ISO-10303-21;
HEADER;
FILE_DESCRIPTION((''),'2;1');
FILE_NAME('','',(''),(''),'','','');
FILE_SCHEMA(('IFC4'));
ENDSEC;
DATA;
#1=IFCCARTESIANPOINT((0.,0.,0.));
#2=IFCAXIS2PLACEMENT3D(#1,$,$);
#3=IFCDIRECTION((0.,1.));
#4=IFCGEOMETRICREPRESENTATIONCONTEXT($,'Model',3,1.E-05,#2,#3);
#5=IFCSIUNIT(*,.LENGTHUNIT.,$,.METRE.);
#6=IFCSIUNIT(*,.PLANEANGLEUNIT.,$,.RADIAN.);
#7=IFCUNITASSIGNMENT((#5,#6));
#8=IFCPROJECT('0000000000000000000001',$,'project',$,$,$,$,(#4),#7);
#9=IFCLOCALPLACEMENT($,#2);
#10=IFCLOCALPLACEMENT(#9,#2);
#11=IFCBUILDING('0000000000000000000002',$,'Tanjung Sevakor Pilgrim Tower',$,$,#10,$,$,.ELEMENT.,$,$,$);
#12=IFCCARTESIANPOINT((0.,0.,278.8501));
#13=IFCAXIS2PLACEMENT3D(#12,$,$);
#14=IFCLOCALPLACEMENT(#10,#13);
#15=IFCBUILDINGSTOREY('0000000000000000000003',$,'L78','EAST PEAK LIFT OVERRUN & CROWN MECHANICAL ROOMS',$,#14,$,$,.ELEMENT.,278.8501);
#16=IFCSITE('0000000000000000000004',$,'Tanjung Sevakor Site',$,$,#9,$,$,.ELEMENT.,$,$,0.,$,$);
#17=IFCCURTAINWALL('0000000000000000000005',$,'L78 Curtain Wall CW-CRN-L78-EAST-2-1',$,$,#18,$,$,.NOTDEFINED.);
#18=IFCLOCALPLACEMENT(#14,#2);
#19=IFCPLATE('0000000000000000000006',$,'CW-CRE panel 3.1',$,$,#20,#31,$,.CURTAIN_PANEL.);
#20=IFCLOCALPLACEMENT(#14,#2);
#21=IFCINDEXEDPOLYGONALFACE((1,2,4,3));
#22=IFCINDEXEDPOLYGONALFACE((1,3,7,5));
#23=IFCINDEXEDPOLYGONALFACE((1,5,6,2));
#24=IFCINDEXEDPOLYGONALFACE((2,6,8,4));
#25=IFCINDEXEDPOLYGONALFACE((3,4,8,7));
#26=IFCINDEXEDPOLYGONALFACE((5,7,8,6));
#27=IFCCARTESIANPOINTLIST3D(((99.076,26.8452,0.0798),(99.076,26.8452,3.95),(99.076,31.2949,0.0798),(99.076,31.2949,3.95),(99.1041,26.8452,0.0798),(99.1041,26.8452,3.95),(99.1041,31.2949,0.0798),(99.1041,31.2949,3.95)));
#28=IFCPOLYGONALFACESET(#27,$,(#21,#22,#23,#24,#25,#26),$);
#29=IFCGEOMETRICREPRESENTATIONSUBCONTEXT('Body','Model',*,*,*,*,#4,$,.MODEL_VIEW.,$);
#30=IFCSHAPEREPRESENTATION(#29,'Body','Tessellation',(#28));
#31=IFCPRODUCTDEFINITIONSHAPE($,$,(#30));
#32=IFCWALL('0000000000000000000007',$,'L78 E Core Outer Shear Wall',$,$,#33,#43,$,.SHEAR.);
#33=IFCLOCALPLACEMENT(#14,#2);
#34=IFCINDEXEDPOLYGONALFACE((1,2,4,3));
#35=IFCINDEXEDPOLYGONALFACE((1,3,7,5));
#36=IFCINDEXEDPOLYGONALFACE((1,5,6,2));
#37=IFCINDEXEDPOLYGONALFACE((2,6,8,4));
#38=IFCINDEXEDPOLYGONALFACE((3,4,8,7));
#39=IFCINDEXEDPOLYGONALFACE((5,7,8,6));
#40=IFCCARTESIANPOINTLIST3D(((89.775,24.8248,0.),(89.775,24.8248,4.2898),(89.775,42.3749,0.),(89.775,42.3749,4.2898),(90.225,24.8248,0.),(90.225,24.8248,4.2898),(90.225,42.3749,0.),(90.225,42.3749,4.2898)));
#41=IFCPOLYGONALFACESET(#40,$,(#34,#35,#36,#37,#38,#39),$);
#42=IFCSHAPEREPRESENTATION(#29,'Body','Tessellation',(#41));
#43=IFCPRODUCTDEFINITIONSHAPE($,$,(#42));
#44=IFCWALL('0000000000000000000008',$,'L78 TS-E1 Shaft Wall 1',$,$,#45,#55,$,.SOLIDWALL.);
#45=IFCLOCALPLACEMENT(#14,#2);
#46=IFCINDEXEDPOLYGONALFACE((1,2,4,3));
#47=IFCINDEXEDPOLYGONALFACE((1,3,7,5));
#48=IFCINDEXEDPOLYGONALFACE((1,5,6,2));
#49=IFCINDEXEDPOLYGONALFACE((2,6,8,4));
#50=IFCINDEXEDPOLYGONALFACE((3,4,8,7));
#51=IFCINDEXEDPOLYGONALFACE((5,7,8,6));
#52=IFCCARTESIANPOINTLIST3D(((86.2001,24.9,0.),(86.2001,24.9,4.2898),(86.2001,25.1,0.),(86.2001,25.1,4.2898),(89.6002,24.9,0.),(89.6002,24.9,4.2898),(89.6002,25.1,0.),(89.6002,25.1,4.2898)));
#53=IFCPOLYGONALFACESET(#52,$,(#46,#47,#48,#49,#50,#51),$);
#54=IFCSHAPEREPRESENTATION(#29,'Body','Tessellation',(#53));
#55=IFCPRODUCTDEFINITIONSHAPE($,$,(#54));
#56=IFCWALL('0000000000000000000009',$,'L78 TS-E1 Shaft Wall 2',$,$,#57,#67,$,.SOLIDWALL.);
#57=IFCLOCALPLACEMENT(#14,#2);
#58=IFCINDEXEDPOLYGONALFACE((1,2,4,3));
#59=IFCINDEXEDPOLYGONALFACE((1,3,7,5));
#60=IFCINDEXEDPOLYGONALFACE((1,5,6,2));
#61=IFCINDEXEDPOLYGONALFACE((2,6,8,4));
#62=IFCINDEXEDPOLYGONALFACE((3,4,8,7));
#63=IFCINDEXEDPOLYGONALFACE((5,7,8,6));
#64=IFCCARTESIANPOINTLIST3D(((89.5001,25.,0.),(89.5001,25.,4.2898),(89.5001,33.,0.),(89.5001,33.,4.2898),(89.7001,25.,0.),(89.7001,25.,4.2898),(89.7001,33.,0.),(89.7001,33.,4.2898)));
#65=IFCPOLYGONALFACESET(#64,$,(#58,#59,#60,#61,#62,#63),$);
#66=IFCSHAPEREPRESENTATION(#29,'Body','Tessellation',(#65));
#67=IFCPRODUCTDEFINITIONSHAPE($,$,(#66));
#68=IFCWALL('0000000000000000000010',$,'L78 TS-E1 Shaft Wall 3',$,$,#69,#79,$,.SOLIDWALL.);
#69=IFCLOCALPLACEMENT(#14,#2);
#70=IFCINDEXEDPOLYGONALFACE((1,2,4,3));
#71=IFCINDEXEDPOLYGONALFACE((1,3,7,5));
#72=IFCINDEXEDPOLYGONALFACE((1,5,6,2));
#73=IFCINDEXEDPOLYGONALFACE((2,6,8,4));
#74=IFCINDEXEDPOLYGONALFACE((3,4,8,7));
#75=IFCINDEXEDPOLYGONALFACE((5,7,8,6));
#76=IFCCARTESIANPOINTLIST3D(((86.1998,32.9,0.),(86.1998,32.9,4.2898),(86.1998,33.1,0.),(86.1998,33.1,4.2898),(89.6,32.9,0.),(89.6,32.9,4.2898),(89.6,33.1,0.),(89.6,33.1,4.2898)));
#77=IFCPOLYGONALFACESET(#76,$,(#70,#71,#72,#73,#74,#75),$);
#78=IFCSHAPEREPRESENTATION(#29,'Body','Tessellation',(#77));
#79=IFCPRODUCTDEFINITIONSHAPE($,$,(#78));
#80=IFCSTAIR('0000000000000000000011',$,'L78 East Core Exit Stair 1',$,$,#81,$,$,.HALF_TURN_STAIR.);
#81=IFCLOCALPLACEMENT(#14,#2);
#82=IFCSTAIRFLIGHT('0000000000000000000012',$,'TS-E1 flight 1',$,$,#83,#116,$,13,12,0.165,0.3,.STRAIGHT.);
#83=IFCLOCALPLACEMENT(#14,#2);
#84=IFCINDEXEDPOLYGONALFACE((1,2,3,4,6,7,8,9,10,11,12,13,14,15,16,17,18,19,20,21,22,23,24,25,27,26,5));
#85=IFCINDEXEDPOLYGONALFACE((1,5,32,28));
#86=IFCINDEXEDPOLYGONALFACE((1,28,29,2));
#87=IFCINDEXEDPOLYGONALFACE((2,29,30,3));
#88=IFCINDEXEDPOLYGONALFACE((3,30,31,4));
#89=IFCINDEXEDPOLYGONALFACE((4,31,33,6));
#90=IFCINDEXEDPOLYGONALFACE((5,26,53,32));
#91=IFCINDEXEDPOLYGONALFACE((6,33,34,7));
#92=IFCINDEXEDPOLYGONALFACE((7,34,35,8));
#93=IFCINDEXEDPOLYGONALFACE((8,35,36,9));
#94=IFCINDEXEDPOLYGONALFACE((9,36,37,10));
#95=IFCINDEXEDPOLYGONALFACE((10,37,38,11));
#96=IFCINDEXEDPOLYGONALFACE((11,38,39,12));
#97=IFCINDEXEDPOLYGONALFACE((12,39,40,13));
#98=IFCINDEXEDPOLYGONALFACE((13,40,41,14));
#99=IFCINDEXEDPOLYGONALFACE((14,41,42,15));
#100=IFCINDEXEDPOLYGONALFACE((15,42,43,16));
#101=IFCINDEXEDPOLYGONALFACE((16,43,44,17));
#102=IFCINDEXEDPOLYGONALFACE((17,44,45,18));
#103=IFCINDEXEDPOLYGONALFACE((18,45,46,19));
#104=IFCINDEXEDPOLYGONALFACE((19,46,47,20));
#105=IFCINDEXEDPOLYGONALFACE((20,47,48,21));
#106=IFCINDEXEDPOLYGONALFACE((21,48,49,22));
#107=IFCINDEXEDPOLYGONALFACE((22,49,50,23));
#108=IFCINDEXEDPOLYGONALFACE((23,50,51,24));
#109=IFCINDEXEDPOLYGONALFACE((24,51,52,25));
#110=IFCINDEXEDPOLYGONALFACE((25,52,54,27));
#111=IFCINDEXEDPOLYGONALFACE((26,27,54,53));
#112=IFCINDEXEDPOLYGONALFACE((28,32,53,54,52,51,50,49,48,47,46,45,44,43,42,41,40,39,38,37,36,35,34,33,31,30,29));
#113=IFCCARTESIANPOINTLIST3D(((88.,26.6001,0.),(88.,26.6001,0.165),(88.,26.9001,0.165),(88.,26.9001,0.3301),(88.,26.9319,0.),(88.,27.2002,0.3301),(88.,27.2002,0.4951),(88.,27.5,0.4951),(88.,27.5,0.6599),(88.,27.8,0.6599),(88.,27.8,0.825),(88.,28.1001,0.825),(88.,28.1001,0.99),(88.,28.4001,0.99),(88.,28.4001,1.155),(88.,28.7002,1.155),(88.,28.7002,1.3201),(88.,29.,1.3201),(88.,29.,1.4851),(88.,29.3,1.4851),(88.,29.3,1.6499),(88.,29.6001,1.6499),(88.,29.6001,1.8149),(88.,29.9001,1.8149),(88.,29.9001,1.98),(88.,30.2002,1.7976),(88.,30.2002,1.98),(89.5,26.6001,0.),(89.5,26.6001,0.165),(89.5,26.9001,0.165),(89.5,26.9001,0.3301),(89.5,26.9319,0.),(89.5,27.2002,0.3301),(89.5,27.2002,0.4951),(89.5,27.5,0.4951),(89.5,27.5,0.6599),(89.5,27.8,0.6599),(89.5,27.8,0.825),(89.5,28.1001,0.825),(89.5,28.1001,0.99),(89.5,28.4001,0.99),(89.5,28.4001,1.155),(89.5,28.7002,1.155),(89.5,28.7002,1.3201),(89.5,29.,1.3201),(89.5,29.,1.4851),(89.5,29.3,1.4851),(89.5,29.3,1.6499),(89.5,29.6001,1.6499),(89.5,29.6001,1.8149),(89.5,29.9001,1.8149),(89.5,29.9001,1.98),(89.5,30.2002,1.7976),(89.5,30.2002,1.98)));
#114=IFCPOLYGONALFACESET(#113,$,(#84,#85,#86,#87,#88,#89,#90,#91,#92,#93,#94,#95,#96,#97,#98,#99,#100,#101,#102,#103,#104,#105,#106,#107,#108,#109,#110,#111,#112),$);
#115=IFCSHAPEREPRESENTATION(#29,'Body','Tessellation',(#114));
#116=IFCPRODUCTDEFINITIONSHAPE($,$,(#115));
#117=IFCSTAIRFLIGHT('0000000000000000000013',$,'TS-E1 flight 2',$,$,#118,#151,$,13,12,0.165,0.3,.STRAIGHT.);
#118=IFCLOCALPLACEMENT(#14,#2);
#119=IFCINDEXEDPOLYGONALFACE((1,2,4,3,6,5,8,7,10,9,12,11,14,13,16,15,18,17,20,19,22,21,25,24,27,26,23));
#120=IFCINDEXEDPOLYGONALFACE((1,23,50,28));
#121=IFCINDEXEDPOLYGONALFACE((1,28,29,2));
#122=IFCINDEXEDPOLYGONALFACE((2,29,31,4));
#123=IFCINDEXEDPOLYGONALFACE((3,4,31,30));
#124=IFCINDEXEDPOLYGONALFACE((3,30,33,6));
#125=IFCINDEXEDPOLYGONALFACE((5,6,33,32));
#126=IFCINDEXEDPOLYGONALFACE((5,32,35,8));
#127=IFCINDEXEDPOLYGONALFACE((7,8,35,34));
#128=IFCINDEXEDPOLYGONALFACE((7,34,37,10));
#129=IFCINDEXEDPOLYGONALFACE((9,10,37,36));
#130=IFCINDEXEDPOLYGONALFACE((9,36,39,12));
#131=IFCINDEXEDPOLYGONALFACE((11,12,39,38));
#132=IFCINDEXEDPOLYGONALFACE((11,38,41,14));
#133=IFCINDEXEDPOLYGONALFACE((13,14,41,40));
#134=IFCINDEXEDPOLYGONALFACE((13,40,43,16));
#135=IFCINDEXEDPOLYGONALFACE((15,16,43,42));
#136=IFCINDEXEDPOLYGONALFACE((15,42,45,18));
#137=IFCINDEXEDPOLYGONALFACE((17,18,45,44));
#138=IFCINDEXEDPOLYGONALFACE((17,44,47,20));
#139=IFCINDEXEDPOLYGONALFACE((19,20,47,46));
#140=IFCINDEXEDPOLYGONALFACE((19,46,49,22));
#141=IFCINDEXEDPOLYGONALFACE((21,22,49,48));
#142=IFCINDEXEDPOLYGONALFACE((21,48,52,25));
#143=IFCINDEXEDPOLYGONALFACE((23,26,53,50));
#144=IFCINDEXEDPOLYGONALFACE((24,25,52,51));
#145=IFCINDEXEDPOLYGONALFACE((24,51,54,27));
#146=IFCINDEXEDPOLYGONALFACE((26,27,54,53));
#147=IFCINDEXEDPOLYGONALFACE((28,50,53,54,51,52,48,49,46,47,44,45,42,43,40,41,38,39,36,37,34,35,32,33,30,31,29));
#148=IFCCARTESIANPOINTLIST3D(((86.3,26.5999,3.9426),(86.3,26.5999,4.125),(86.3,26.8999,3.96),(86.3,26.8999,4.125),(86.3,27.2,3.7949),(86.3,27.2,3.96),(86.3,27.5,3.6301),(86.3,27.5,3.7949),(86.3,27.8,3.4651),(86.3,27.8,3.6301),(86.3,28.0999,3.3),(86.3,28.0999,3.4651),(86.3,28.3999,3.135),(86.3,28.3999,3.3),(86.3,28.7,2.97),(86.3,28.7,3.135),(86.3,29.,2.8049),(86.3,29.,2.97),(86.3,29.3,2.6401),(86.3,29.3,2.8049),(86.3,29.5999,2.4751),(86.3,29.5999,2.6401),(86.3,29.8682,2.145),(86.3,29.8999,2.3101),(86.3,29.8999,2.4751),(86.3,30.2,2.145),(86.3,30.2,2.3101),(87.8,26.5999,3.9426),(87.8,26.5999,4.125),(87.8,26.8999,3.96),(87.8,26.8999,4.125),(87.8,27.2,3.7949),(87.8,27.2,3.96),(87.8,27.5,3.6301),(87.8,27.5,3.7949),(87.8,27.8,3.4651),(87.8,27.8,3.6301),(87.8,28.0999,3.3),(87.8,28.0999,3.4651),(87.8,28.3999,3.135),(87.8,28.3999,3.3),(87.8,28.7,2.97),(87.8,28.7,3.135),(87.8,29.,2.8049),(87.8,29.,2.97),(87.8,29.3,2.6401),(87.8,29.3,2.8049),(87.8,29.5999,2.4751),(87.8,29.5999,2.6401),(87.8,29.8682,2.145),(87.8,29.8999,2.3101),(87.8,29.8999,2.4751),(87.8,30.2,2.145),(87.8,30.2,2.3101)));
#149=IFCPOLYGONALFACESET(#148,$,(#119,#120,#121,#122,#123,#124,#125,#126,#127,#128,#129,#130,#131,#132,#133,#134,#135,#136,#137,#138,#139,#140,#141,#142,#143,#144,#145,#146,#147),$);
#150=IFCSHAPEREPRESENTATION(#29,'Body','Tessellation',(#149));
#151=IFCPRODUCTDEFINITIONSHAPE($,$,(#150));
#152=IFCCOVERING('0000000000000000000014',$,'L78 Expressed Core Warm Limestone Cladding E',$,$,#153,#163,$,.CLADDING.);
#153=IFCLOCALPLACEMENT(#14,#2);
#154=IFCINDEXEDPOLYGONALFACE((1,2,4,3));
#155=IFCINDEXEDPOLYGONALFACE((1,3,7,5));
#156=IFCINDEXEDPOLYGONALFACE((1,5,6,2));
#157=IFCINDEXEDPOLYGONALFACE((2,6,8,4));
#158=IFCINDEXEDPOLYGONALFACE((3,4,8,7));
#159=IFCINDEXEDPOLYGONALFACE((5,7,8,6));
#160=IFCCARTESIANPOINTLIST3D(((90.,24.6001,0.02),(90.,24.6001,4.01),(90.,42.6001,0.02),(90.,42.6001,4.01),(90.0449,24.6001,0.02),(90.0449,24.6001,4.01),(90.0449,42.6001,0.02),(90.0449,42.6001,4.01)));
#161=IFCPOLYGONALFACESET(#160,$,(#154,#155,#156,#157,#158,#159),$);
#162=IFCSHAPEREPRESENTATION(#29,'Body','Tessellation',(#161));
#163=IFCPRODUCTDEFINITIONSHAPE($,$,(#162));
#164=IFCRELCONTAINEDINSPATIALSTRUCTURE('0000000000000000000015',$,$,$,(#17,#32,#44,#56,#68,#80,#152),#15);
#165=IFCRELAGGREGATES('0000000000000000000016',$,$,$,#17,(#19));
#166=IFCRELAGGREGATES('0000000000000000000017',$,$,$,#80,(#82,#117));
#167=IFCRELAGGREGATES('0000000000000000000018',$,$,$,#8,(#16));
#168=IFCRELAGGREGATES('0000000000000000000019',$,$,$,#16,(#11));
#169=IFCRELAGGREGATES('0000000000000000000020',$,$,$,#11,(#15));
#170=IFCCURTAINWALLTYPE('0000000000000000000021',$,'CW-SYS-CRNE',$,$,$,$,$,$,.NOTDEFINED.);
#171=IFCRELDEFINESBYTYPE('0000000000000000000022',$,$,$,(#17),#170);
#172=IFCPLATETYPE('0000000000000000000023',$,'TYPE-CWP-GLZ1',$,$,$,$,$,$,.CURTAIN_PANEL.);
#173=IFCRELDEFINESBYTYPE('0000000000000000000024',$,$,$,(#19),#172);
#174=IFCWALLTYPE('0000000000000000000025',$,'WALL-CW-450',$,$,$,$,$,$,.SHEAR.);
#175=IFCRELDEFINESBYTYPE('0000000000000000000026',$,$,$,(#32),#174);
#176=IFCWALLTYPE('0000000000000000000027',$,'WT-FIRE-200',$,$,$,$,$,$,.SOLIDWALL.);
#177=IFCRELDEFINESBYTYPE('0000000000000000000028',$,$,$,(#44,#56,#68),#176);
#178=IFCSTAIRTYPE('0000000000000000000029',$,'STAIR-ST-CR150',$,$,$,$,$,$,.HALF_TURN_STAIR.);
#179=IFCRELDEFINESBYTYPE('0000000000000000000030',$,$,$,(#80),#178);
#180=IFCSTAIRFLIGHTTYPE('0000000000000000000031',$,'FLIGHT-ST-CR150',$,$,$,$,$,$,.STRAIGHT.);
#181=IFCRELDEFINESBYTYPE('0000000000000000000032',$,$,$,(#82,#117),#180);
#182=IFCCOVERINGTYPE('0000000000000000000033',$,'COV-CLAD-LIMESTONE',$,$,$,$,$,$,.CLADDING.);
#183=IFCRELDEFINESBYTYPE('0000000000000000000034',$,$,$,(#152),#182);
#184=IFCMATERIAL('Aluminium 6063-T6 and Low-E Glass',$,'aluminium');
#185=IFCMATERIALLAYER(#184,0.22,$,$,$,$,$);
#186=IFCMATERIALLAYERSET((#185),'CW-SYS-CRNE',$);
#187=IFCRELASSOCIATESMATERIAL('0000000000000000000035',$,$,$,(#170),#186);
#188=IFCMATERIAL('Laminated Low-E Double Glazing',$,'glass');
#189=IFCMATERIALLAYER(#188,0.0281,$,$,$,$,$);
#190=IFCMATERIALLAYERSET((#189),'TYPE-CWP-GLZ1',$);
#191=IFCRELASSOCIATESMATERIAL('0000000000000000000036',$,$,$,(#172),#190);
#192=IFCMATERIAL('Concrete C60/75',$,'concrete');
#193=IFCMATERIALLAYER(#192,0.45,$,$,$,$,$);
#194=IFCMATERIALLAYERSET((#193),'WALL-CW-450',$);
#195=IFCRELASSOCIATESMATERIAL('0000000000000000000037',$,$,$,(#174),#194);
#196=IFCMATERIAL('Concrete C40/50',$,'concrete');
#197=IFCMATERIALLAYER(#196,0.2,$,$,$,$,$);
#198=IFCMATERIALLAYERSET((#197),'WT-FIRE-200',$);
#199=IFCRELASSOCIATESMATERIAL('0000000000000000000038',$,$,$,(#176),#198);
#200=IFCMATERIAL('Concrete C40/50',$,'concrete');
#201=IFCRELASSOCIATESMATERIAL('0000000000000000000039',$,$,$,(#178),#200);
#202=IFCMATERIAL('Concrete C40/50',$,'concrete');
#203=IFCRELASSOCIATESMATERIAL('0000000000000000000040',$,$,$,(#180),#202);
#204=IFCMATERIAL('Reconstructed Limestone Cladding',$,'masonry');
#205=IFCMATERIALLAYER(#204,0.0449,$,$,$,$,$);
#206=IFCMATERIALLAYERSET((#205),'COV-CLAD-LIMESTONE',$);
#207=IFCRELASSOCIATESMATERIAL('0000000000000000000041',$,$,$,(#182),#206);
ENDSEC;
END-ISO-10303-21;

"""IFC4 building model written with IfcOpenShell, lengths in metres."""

from ifc_helpers import new_model, si_unit, direction, frame, frame_2d, origin, origin_2d, place, context, subcontext, project, spatial, polyline, rectangle, outline, extrude, material, layer, layer_set, type_object, element, aggregate, save


model = new_model("IFC4")

# Units and contexts
model_context = context("Model", 3, precision=1e-05, world=origin(), true_north=direction((0.0, 1.0)))
body_context = subcontext(model_context, "Body", "Model", "MODEL_VIEW")
ifc_project = project(units=[si_unit("LENGTHUNIT", "METRE"), si_unit("PLANEANGLEUNIT", "RADIAN")], contexts=[model_context])

# Site, building, storey
site_placement = place(None, origin())
site = spatial("IfcSite", under=ifc_project, at=site_placement, Name="Tanjung Sevakor Site", CompositionType="ELEMENT", RefElevation=0.0)
building_placement = place(site_placement, origin())
building = spatial("IfcBuilding", under=site, at=building_placement, Name="Tanjung Sevakor Pilgrim Tower", CompositionType="ELEMENT")
storey_placement = place(building_placement, frame((0.0, 0.0, 278.8501)))
storey = spatial("IfcBuildingStorey", under=building, at=storey_placement, Name="L78", Description="EAST PEAK LIFT OVERRUN & CROWN MECHANICAL ROOMS", CompositionType="ELEMENT", Elevation=278.8501)

# Curtain wall, plate
ifc_material_1 = material(Name="Aluminium 6063-T6 and Low-E Glass", Category="aluminium")
ifc_layer_1 = layer(ifc_material_1, 0.22)
ifc_layer_set_1 = layer_set([ifc_layer_1], Name="CW-SYS-CRNE")
curtain_wall_type = type_object("IfcCurtainWallType", Name="CW-SYS-CRNE", PredefinedType="NOTDEFINED", material=ifc_layer_set_1)
curtain_wall_placement = place(storey_placement, origin())
curtain_wall = element("IfcCurtainWall", 1, at=curtain_wall_placement, inside=storey, type_object=curtain_wall_type, Name="L78 Curtain Wall CW-CRN-L78-EAST-2-1", PredefinedType="NOTDEFINED")
ifc_material_2 = material(Name="Laminated Low-E Double Glazing", Category="glass")
ifc_layer_2 = layer(ifc_material_2, 0.0281)
ifc_layer_set_2 = layer_set([ifc_layer_2], Name="TYPE-CWP-GLZ1")
plate_type = type_object("IfcPlateType", Name="TYPE-CWP-GLZ1", PredefinedType="CURTAIN_PANEL", material=ifc_layer_set_2)
plate_1_placement = place(storey_placement, frame((99.0901, 29.0701, 0.0798), z_axis=(0.0, 0.0, 1.0), x_axis=(0.0, 1.0, 0.0)))
plate_1 = element("IfcPlate", 2, at=plate_1_placement, type_object=plate_type, Name="CW-CRE panel 3.1", PredefinedType="CURTAIN_PANEL", context=body_context, shape_type="SweptSolid", body=[
    extrude(rectangle(XDim=4.4497, YDim=0.0281, at=origin_2d()), origin(), (0.0, 0.0, 1.0), 3.8701),
])
aggregate(curtain_wall, [plate_1])

# Walls
ifc_material_3 = material(Name="Concrete C60/75", Category="concrete")
ifc_layer_3 = layer(ifc_material_3, 0.45)
ifc_layer_set_3 = layer_set([ifc_layer_3], Name="WALL-CW-450")
wall_type_1 = type_object("IfcWallType", Name="WALL-CW-450", PredefinedType="SHEAR", material=ifc_layer_set_3)
wall_1_placement = place(storey_placement, frame((90.0, 24.825, 0.0), z_axis=(0.0, 0.0, 1.0), x_axis=(0.0, 1.0, 0.0)))
element("IfcWall", 3, at=wall_1_placement, inside=storey, type_object=wall_type_1, Name="L78 E Core Outer Shear Wall", PredefinedType="SHEAR", context=body_context, shape_type="SweptSolid", body=[
    extrude(rectangle(XDim=17.55, YDim=0.45, at=frame_2d((8.7749, 0.0))), origin(), (0.0, 0.0, 1.0), 4.2898),
])
ifc_material_4 = material(Name="Concrete C40/50", Category="concrete")
ifc_layer_4 = layer(ifc_material_4, 0.2)
ifc_layer_set_4 = layer_set([ifc_layer_4], Name="WT-FIRE-200")
wall_type_2 = type_object("IfcWallType", Name="WT-FIRE-200", PredefinedType="SOLIDWALL", material=ifc_layer_set_4)
wall_2_placement = place(storey_placement, frame((86.2, 25.0, 0.0), z_axis=(0.0, 0.0, 1.0), x_axis=(1.0, 0.0, 0.0)))
element("IfcWall", 4, at=wall_2_placement, inside=storey, type_object=wall_type_2, Name="L78 TS-E1 Shaft Wall 1", PredefinedType="SOLIDWALL", context=body_context, shape_type="SweptSolid", body=[
    extrude(rectangle(XDim=3.4001, YDim=0.2, at=frame_2d((1.7002, 0.0))), origin(), (0.0, 0.0, 1.0), 4.2898),
])
wall_3_placement = place(storey_placement, frame((89.6001, 25.0, 0.0), z_axis=(0.0, 0.0, 1.0), x_axis=(0.0, 1.0, 0.0)))
element("IfcWall", 5, at=wall_3_placement, inside=storey, type_object=wall_type_2, Name="L78 TS-E1 Shaft Wall 2", PredefinedType="SOLIDWALL", context=body_context, shape_type="SweptSolid", body=[
    extrude(rectangle(XDim=8.0, YDim=0.2, at=frame_2d((4.0, 0.0))), origin(), (0.0, 0.0, 1.0), 4.2898),
])
wall_4_placement = place(storey_placement, frame((89.6001, 33.0, 0.0), z_axis=(0.0, 0.0, 1.0), x_axis=(-1.0, 0.0, 0.0)))
element("IfcWall", 6, at=wall_4_placement, inside=storey, type_object=wall_type_2, Name="L78 TS-E1 Shaft Wall 3", PredefinedType="SOLIDWALL", context=body_context, shape_type="SweptSolid", body=[
    extrude(rectangle(XDim=3.4001, YDim=0.2, at=frame_2d((1.7002, 0.0))), origin(), (0.0, 0.0, 1.0), 4.2898),
])

# Stair, stair flights
ifc_material_5 = material(Name="Concrete C40/50", Category="concrete")
stair_type = type_object("IfcStairType", Name="STAIR-ST-CR150", PredefinedType="HALF_TURN_STAIR", material=ifc_material_5)
stair_placement = place(storey_placement, origin())
stair = element("IfcStair", 7, at=stair_placement, inside=storey, type_object=stair_type, Name="L78 East Core Exit Stair 1", PredefinedType="HALF_TURN_STAIR")
ifc_material_6 = material(Name="Concrete C40/50", Category="concrete")
stair_flight_type = type_object("IfcStairFlightType", Name="FLIGHT-ST-CR150", PredefinedType="STRAIGHT", material=ifc_material_6)
stair_flight_1_placement = place(storey_placement, frame((88.75, 26.6001, 0.0), z_axis=(0.0, 0.0, 1.0), x_axis=(0.0, 1.0, 0.0)))
stair_flight_1 = element("IfcStairFlight", 8, at=stair_flight_1_placement, type_object=stair_flight_type, Name="TS-E1 flight 1", NumberOfRisers=13, NumberOfTreads=12, PredefinedType="STRAIGHT", RiserHeight=0.165, TreadLength=0.3, context=body_context, shape_type="SweptSolid", body=[
    extrude(outline(polyline([(0.0, 0.0), (0.0, 0.165), (0.3, 0.165), (0.3, 0.3301), (0.6001, 0.3301), (0.6001, 0.4951), (0.8999, 0.4951), (0.8999, 0.6599), (1.2, 0.6599), (1.2, 0.825), (1.5, 0.825), (1.5, 0.99), (1.8, 0.99), (1.8, 1.155), (2.1001, 1.155), (2.1001, 1.3201), (2.3999, 1.3201), (2.3999, 1.4851), (2.7, 1.4851), (2.7, 1.6499), (3.0, 1.6499), (3.0, 1.8149), (3.3, 1.8149), (3.3, 1.98), (3.6001, 1.98), (3.6001, 2.145), (3.6001, 1.7976), (0.3318, 0.0), (0.0, 0.0)])), frame((0.0, 0.75, 0.0), z_axis=(0.0, -1.0, 0.0), x_axis=(1.0, 0.0, 0.0)), (0.0, 0.0, 1.0), 1.5),
])
stair_flight_2_placement = place(storey_placement, frame((87.05, 30.2, 2.145), z_axis=(0.0, 0.0, 1.0), x_axis=(0.0, -1.0, 0.0)))
stair_flight_2 = element("IfcStairFlight", 9, at=stair_flight_2_placement, type_object=stair_flight_type, Name="TS-E1 flight 2", NumberOfRisers=13, NumberOfTreads=12, PredefinedType="STRAIGHT", RiserHeight=0.165, TreadLength=0.3, context=body_context, shape_type="SweptSolid", body=[
    extrude(outline(polyline([(0.0, 0.0), (0.0, 0.165), (0.3, 0.165), (0.3, 0.3301), (0.6001, 0.3301), (0.6001, 0.4951), (0.8999, 0.4951), (0.8999, 0.6599), (1.2, 0.6599), (1.2, 0.825), (1.5, 0.825), (1.5, 0.99), (1.8, 0.99), (1.8, 1.155), (2.1001, 1.155), (2.1001, 1.3201), (2.3999, 1.3201), (2.3999, 1.4851), (2.7, 1.4851), (2.7, 1.6499), (3.0, 1.6499), (3.0, 1.8149), (3.3, 1.8149), (3.3, 1.98), (3.6001, 1.98), (3.6001, 2.145), (3.6001, 1.7976), (0.3318, 0.0), (0.0, 0.0)])), frame((0.0, 0.75, 0.0), z_axis=(0.0, -1.0, 0.0), x_axis=(1.0, 0.0, 0.0)), (0.0, 0.0, 1.0), 1.5),
])
aggregate(stair, [stair_flight_1, stair_flight_2])

# Covering
ifc_material_7 = material(Name="Reconstructed Limestone Cladding", Category="masonry")
ifc_layer_5 = layer(ifc_material_7, 0.0449)
ifc_layer_set_5 = layer_set([ifc_layer_5], Name="COV-CLAD-LIMESTONE")
covering_type = type_object("IfcCoveringType", Name="COV-CLAD-LIMESTONE", PredefinedType="CLADDING", material=ifc_layer_set_5)
covering_placement = place(storey_placement, frame((90.0225, 33.6001, 0.02), z_axis=(0.0, 0.0, 1.0), x_axis=(1.0, 0.0, 0.0)))
element("IfcCovering", 10, at=covering_placement, inside=storey, type_object=covering_type, Name="L78 Expressed Core Warm Limestone Cladding E", PredefinedType="CLADDING", context=body_context, shape_type="SweptSolid", body=[
    extrude(rectangle(XDim=0.0449, YDim=18.0, at=origin_2d()), origin(), (0.0, 0.0, 1.0), 3.99),
])

save(model, "model.ifc")
